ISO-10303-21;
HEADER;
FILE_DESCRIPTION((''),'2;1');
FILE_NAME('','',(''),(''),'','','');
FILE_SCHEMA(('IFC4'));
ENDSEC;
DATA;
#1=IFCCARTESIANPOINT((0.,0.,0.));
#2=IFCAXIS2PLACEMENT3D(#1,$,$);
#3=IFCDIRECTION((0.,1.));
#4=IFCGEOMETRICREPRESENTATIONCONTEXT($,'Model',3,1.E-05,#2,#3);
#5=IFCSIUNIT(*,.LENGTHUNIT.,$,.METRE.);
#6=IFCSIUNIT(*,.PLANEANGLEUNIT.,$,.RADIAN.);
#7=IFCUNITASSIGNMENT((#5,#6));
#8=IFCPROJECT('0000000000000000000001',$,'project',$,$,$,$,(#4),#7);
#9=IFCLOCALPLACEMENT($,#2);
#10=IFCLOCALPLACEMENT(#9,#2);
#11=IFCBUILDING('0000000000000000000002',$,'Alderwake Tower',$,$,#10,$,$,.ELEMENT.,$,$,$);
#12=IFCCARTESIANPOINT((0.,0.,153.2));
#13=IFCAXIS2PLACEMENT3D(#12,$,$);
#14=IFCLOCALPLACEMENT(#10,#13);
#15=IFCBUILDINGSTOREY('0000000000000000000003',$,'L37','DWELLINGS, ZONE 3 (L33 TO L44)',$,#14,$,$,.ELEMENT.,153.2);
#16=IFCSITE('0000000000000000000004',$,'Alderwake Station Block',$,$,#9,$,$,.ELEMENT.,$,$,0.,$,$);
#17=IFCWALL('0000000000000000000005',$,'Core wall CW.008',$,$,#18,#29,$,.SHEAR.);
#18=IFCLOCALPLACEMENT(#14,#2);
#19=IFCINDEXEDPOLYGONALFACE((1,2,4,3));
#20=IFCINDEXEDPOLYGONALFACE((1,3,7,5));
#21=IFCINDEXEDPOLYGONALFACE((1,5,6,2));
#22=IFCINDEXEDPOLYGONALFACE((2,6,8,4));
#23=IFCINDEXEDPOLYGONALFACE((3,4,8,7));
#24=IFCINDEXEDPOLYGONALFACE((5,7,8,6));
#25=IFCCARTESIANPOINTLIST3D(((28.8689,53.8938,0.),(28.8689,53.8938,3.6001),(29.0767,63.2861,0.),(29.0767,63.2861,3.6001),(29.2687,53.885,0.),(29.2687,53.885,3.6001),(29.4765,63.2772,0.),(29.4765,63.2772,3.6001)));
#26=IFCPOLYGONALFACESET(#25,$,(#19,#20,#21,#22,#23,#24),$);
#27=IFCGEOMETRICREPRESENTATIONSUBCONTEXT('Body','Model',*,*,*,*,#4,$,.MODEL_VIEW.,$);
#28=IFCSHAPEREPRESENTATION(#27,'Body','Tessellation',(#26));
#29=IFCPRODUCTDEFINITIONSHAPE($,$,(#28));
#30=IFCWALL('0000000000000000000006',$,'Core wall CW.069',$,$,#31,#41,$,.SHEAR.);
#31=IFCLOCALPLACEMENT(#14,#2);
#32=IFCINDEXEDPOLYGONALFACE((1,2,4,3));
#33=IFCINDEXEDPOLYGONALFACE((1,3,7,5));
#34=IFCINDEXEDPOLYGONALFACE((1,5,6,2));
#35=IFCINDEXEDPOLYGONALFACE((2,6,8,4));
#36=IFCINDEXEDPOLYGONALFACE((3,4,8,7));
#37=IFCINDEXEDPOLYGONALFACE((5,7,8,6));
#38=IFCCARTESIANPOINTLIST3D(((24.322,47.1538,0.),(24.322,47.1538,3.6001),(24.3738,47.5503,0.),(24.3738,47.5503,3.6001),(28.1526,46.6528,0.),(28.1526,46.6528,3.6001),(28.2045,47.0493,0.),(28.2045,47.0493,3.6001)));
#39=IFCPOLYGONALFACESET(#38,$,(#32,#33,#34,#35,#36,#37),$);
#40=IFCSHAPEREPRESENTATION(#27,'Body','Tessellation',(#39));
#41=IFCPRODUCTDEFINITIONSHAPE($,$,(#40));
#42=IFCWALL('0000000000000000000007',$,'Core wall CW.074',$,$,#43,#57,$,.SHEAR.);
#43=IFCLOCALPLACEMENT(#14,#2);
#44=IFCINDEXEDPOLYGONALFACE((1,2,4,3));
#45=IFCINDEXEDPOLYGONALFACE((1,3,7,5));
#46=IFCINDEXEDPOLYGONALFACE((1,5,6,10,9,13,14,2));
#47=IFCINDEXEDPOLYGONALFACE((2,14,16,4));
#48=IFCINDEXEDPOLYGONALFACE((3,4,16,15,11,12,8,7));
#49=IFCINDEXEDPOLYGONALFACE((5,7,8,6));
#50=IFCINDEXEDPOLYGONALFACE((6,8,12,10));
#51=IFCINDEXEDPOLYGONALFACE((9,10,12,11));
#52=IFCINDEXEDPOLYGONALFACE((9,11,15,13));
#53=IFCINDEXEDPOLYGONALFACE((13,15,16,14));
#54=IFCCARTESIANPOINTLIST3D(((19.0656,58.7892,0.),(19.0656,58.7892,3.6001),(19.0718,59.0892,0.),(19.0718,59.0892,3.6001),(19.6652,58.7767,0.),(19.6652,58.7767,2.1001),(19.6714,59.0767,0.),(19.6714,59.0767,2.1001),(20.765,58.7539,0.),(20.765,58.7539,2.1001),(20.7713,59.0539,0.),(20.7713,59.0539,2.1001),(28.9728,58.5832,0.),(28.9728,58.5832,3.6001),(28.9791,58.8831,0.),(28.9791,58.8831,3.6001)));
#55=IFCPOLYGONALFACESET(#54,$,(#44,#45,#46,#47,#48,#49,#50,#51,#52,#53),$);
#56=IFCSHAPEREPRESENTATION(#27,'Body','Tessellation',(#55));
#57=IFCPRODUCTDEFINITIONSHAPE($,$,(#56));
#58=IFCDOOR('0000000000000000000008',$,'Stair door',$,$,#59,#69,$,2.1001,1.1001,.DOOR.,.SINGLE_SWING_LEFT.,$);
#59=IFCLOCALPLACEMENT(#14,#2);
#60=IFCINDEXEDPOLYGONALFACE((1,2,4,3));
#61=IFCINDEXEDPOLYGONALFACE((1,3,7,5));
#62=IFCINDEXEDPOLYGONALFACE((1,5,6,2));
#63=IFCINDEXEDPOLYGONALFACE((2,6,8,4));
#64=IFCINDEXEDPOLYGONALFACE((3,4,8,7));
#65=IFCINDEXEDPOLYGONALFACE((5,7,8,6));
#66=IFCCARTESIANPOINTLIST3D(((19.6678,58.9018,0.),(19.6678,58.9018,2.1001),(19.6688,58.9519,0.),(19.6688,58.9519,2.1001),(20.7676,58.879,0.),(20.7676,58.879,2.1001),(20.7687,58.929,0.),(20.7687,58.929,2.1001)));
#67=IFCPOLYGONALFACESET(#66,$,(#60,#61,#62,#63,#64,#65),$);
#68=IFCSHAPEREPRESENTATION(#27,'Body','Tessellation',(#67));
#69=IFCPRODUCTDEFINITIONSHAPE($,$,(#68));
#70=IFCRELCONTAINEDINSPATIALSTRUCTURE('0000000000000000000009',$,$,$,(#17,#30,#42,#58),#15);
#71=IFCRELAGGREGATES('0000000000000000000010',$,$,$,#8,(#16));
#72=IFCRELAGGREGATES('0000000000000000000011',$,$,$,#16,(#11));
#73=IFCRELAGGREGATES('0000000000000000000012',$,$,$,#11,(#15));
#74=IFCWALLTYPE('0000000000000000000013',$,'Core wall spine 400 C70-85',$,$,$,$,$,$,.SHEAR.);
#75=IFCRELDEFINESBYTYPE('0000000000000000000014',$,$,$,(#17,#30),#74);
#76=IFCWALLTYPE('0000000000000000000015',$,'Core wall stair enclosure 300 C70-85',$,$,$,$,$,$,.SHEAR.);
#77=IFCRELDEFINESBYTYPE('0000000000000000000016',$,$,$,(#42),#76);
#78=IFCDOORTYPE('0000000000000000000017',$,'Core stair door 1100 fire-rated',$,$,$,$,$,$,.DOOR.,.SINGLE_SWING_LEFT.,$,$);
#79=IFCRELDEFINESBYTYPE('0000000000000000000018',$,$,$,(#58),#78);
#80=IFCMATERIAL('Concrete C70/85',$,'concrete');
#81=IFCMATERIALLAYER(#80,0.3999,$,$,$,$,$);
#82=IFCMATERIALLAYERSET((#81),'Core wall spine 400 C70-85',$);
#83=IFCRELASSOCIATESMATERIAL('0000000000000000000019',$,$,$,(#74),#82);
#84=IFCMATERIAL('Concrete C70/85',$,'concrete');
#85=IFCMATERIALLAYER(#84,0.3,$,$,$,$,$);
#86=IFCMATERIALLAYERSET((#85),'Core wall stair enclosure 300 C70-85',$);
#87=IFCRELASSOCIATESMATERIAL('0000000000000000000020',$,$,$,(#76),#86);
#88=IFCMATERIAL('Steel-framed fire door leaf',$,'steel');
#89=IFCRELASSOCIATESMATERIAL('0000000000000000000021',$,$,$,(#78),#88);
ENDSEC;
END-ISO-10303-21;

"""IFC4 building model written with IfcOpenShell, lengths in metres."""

from ifc_helpers import new_model, si_unit, direction, frame, frame_2d, origin, place, context, subcontext, project, spatial, rectangle, extrude, material, layer, layer_set, type_object, element, fill, save


model = new_model("IFC4")

# Units and contexts
model_context = context("Model", 3, precision=1e-05, world=origin(), true_north=direction((0.0, 1.0)))
body_context = subcontext(model_context, "Body", "Model", "MODEL_VIEW")
ifc_project = project(units=[si_unit("LENGTHUNIT", "METRE"), si_unit("PLANEANGLEUNIT", "RADIAN")], contexts=[model_context])

# Site, building, storey
site_placement = place(None, origin())
site = spatial("IfcSite", under=ifc_project, at=site_placement, Name="Alderwake Station Block", CompositionType="ELEMENT", RefElevation=0.0)
building_placement = place(site_placement, origin())
building = spatial("IfcBuilding", under=site, at=building_placement, Name="Alderwake Tower", CompositionType="ELEMENT")
storey_placement = place(building_placement, frame((0.0, 0.0, 153.2)))
storey = spatial("IfcBuildingStorey", under=building, at=storey_placement, Name="L37", Description="DWELLINGS, ZONE 3 (L33 TO L44)", CompositionType="ELEMENT", Elevation=153.2)

# Shared definitions
ifc_material_1 = material(Name="Concrete C70/85", Category="concrete")
ifc_layer_1 = layer(ifc_material_1, 0.3999)
ifc_layer_set_1 = layer_set([ifc_layer_1], Name="Core wall spine 400 C70-85")
wall_type_1 = type_object("IfcWallType", Name="Core wall spine 400 C70-85", PredefinedType="SHEAR", material=ifc_layer_set_1)

# Walls
wall_1_placement = place(storey_placement, frame((29.0688, 53.8894, 0.0), z_axis=(0.0, 0.0, 1.0), x_axis=(0.022115, 0.999755, 0.0)))
element("IfcWall", 1, at=wall_1_placement, inside=storey, type_object=wall_type_1, Name="Core wall CW.008", PredefinedType="SHEAR", context=body_context, shape_type="SweptSolid", body=[
    extrude(rectangle(XDim=9.3945, YDim=0.3999, at=frame_2d((4.6973, 0.0))), origin(), (0.0, 0.0, 1.0), 3.6001),
])
wall_2_placement = place(storey_placement, frame((24.3479, 47.3521, 0.0), z_axis=(0.0, 0.0, 1.0), x_axis=(0.991556, -0.12968, 0.0)))
element("IfcWall", 2, at=wall_2_placement, inside=storey, type_object=wall_type_1, Name="Core wall CW.069", PredefinedType="SHEAR", context=body_context, shape_type="SweptSolid", body=[
    extrude(rectangle(XDim=3.8633, YDim=0.3999, at=frame_2d((1.9316, 0.0))), origin(), (0.0, 0.0, 1.0), 3.6001),
])

# Wall, opening, door
ifc_material_2 = material(Name="Concrete C70/85", Category="concrete")
ifc_layer_2 = layer(ifc_material_2, 0.3)
ifc_layer_set_2 = layer_set([ifc_layer_2], Name="Core wall stair enclosure 300 C70-85")
wall_type_2 = type_object("IfcWallType", Name="Core wall stair enclosure 300 C70-85", PredefinedType="SHEAR", material=ifc_layer_set_2)
wall_3_placement = place(storey_placement, frame((28.9758, 58.7332, 0.0), z_axis=(0.0, 0.0, 1.0), x_axis=(-0.999784, 0.020794, 0.0)))
wall_3 = element("IfcWall", 3, at=wall_3_placement, inside=storey, type_object=wall_type_2, Name="Core wall CW.074", PredefinedType="SHEAR", context=body_context, shape_type="SweptSolid", body=[
    extrude(rectangle(XDim=9.9094, YDim=0.3, at=frame_2d((4.9546, 0.0))), origin(), (0.0, 0.0, 1.0), 3.6001),
])
opening_1_placement = place(wall_3_placement, frame((8.2095, 0.0, 0.0)))
opening_1 = element("IfcOpeningElement", 4, at=opening_1_placement, cuts=wall_3, PredefinedType="OPENING", context=body_context, shape_type="SweptSolid", body=[
    extrude(rectangle(XDim=1.1001, YDim=2.1001, at=frame_2d((0.55, 1.05))), frame((0.0, 0.1599, 0.0), z_axis=(0.0, -1.0, 0.0), x_axis=(1.0, 0.0, 0.0)), (0.0, 0.0, 1.0), 0.3201),
])
ifc_material_3 = material(Name="Steel-framed fire door leaf", Category="steel")
door_type_1 = type_object("IfcDoorType", Name="Core stair door 1100 fire-rated", OperationType="SINGLE_SWING_LEFT", PredefinedType="DOOR", material=ifc_material_3)
door_1_placement = place(opening_1_placement, origin())
door_1 = element("IfcDoor", 5, at=door_1_placement, inside=storey, type_object=door_type_1, Name="Stair door", OperationType="SINGLE_SWING_LEFT", OverallHeight=2.1001, OverallWidth=1.1001, PredefinedType="DOOR", context=body_context, shape_type="SweptSolid", body=[
    extrude(rectangle(XDim=1.1001, YDim=2.1001, at=frame_2d((0.55, 1.05))), frame((0.0, 0.0249, 0.0), z_axis=(0.0, -1.0, 0.0), x_axis=(1.0, 0.0, 0.0)), (0.0, 0.0, 1.0), 0.05),
])
fill(opening_1, door_1)

save(model, "model.ifc")
